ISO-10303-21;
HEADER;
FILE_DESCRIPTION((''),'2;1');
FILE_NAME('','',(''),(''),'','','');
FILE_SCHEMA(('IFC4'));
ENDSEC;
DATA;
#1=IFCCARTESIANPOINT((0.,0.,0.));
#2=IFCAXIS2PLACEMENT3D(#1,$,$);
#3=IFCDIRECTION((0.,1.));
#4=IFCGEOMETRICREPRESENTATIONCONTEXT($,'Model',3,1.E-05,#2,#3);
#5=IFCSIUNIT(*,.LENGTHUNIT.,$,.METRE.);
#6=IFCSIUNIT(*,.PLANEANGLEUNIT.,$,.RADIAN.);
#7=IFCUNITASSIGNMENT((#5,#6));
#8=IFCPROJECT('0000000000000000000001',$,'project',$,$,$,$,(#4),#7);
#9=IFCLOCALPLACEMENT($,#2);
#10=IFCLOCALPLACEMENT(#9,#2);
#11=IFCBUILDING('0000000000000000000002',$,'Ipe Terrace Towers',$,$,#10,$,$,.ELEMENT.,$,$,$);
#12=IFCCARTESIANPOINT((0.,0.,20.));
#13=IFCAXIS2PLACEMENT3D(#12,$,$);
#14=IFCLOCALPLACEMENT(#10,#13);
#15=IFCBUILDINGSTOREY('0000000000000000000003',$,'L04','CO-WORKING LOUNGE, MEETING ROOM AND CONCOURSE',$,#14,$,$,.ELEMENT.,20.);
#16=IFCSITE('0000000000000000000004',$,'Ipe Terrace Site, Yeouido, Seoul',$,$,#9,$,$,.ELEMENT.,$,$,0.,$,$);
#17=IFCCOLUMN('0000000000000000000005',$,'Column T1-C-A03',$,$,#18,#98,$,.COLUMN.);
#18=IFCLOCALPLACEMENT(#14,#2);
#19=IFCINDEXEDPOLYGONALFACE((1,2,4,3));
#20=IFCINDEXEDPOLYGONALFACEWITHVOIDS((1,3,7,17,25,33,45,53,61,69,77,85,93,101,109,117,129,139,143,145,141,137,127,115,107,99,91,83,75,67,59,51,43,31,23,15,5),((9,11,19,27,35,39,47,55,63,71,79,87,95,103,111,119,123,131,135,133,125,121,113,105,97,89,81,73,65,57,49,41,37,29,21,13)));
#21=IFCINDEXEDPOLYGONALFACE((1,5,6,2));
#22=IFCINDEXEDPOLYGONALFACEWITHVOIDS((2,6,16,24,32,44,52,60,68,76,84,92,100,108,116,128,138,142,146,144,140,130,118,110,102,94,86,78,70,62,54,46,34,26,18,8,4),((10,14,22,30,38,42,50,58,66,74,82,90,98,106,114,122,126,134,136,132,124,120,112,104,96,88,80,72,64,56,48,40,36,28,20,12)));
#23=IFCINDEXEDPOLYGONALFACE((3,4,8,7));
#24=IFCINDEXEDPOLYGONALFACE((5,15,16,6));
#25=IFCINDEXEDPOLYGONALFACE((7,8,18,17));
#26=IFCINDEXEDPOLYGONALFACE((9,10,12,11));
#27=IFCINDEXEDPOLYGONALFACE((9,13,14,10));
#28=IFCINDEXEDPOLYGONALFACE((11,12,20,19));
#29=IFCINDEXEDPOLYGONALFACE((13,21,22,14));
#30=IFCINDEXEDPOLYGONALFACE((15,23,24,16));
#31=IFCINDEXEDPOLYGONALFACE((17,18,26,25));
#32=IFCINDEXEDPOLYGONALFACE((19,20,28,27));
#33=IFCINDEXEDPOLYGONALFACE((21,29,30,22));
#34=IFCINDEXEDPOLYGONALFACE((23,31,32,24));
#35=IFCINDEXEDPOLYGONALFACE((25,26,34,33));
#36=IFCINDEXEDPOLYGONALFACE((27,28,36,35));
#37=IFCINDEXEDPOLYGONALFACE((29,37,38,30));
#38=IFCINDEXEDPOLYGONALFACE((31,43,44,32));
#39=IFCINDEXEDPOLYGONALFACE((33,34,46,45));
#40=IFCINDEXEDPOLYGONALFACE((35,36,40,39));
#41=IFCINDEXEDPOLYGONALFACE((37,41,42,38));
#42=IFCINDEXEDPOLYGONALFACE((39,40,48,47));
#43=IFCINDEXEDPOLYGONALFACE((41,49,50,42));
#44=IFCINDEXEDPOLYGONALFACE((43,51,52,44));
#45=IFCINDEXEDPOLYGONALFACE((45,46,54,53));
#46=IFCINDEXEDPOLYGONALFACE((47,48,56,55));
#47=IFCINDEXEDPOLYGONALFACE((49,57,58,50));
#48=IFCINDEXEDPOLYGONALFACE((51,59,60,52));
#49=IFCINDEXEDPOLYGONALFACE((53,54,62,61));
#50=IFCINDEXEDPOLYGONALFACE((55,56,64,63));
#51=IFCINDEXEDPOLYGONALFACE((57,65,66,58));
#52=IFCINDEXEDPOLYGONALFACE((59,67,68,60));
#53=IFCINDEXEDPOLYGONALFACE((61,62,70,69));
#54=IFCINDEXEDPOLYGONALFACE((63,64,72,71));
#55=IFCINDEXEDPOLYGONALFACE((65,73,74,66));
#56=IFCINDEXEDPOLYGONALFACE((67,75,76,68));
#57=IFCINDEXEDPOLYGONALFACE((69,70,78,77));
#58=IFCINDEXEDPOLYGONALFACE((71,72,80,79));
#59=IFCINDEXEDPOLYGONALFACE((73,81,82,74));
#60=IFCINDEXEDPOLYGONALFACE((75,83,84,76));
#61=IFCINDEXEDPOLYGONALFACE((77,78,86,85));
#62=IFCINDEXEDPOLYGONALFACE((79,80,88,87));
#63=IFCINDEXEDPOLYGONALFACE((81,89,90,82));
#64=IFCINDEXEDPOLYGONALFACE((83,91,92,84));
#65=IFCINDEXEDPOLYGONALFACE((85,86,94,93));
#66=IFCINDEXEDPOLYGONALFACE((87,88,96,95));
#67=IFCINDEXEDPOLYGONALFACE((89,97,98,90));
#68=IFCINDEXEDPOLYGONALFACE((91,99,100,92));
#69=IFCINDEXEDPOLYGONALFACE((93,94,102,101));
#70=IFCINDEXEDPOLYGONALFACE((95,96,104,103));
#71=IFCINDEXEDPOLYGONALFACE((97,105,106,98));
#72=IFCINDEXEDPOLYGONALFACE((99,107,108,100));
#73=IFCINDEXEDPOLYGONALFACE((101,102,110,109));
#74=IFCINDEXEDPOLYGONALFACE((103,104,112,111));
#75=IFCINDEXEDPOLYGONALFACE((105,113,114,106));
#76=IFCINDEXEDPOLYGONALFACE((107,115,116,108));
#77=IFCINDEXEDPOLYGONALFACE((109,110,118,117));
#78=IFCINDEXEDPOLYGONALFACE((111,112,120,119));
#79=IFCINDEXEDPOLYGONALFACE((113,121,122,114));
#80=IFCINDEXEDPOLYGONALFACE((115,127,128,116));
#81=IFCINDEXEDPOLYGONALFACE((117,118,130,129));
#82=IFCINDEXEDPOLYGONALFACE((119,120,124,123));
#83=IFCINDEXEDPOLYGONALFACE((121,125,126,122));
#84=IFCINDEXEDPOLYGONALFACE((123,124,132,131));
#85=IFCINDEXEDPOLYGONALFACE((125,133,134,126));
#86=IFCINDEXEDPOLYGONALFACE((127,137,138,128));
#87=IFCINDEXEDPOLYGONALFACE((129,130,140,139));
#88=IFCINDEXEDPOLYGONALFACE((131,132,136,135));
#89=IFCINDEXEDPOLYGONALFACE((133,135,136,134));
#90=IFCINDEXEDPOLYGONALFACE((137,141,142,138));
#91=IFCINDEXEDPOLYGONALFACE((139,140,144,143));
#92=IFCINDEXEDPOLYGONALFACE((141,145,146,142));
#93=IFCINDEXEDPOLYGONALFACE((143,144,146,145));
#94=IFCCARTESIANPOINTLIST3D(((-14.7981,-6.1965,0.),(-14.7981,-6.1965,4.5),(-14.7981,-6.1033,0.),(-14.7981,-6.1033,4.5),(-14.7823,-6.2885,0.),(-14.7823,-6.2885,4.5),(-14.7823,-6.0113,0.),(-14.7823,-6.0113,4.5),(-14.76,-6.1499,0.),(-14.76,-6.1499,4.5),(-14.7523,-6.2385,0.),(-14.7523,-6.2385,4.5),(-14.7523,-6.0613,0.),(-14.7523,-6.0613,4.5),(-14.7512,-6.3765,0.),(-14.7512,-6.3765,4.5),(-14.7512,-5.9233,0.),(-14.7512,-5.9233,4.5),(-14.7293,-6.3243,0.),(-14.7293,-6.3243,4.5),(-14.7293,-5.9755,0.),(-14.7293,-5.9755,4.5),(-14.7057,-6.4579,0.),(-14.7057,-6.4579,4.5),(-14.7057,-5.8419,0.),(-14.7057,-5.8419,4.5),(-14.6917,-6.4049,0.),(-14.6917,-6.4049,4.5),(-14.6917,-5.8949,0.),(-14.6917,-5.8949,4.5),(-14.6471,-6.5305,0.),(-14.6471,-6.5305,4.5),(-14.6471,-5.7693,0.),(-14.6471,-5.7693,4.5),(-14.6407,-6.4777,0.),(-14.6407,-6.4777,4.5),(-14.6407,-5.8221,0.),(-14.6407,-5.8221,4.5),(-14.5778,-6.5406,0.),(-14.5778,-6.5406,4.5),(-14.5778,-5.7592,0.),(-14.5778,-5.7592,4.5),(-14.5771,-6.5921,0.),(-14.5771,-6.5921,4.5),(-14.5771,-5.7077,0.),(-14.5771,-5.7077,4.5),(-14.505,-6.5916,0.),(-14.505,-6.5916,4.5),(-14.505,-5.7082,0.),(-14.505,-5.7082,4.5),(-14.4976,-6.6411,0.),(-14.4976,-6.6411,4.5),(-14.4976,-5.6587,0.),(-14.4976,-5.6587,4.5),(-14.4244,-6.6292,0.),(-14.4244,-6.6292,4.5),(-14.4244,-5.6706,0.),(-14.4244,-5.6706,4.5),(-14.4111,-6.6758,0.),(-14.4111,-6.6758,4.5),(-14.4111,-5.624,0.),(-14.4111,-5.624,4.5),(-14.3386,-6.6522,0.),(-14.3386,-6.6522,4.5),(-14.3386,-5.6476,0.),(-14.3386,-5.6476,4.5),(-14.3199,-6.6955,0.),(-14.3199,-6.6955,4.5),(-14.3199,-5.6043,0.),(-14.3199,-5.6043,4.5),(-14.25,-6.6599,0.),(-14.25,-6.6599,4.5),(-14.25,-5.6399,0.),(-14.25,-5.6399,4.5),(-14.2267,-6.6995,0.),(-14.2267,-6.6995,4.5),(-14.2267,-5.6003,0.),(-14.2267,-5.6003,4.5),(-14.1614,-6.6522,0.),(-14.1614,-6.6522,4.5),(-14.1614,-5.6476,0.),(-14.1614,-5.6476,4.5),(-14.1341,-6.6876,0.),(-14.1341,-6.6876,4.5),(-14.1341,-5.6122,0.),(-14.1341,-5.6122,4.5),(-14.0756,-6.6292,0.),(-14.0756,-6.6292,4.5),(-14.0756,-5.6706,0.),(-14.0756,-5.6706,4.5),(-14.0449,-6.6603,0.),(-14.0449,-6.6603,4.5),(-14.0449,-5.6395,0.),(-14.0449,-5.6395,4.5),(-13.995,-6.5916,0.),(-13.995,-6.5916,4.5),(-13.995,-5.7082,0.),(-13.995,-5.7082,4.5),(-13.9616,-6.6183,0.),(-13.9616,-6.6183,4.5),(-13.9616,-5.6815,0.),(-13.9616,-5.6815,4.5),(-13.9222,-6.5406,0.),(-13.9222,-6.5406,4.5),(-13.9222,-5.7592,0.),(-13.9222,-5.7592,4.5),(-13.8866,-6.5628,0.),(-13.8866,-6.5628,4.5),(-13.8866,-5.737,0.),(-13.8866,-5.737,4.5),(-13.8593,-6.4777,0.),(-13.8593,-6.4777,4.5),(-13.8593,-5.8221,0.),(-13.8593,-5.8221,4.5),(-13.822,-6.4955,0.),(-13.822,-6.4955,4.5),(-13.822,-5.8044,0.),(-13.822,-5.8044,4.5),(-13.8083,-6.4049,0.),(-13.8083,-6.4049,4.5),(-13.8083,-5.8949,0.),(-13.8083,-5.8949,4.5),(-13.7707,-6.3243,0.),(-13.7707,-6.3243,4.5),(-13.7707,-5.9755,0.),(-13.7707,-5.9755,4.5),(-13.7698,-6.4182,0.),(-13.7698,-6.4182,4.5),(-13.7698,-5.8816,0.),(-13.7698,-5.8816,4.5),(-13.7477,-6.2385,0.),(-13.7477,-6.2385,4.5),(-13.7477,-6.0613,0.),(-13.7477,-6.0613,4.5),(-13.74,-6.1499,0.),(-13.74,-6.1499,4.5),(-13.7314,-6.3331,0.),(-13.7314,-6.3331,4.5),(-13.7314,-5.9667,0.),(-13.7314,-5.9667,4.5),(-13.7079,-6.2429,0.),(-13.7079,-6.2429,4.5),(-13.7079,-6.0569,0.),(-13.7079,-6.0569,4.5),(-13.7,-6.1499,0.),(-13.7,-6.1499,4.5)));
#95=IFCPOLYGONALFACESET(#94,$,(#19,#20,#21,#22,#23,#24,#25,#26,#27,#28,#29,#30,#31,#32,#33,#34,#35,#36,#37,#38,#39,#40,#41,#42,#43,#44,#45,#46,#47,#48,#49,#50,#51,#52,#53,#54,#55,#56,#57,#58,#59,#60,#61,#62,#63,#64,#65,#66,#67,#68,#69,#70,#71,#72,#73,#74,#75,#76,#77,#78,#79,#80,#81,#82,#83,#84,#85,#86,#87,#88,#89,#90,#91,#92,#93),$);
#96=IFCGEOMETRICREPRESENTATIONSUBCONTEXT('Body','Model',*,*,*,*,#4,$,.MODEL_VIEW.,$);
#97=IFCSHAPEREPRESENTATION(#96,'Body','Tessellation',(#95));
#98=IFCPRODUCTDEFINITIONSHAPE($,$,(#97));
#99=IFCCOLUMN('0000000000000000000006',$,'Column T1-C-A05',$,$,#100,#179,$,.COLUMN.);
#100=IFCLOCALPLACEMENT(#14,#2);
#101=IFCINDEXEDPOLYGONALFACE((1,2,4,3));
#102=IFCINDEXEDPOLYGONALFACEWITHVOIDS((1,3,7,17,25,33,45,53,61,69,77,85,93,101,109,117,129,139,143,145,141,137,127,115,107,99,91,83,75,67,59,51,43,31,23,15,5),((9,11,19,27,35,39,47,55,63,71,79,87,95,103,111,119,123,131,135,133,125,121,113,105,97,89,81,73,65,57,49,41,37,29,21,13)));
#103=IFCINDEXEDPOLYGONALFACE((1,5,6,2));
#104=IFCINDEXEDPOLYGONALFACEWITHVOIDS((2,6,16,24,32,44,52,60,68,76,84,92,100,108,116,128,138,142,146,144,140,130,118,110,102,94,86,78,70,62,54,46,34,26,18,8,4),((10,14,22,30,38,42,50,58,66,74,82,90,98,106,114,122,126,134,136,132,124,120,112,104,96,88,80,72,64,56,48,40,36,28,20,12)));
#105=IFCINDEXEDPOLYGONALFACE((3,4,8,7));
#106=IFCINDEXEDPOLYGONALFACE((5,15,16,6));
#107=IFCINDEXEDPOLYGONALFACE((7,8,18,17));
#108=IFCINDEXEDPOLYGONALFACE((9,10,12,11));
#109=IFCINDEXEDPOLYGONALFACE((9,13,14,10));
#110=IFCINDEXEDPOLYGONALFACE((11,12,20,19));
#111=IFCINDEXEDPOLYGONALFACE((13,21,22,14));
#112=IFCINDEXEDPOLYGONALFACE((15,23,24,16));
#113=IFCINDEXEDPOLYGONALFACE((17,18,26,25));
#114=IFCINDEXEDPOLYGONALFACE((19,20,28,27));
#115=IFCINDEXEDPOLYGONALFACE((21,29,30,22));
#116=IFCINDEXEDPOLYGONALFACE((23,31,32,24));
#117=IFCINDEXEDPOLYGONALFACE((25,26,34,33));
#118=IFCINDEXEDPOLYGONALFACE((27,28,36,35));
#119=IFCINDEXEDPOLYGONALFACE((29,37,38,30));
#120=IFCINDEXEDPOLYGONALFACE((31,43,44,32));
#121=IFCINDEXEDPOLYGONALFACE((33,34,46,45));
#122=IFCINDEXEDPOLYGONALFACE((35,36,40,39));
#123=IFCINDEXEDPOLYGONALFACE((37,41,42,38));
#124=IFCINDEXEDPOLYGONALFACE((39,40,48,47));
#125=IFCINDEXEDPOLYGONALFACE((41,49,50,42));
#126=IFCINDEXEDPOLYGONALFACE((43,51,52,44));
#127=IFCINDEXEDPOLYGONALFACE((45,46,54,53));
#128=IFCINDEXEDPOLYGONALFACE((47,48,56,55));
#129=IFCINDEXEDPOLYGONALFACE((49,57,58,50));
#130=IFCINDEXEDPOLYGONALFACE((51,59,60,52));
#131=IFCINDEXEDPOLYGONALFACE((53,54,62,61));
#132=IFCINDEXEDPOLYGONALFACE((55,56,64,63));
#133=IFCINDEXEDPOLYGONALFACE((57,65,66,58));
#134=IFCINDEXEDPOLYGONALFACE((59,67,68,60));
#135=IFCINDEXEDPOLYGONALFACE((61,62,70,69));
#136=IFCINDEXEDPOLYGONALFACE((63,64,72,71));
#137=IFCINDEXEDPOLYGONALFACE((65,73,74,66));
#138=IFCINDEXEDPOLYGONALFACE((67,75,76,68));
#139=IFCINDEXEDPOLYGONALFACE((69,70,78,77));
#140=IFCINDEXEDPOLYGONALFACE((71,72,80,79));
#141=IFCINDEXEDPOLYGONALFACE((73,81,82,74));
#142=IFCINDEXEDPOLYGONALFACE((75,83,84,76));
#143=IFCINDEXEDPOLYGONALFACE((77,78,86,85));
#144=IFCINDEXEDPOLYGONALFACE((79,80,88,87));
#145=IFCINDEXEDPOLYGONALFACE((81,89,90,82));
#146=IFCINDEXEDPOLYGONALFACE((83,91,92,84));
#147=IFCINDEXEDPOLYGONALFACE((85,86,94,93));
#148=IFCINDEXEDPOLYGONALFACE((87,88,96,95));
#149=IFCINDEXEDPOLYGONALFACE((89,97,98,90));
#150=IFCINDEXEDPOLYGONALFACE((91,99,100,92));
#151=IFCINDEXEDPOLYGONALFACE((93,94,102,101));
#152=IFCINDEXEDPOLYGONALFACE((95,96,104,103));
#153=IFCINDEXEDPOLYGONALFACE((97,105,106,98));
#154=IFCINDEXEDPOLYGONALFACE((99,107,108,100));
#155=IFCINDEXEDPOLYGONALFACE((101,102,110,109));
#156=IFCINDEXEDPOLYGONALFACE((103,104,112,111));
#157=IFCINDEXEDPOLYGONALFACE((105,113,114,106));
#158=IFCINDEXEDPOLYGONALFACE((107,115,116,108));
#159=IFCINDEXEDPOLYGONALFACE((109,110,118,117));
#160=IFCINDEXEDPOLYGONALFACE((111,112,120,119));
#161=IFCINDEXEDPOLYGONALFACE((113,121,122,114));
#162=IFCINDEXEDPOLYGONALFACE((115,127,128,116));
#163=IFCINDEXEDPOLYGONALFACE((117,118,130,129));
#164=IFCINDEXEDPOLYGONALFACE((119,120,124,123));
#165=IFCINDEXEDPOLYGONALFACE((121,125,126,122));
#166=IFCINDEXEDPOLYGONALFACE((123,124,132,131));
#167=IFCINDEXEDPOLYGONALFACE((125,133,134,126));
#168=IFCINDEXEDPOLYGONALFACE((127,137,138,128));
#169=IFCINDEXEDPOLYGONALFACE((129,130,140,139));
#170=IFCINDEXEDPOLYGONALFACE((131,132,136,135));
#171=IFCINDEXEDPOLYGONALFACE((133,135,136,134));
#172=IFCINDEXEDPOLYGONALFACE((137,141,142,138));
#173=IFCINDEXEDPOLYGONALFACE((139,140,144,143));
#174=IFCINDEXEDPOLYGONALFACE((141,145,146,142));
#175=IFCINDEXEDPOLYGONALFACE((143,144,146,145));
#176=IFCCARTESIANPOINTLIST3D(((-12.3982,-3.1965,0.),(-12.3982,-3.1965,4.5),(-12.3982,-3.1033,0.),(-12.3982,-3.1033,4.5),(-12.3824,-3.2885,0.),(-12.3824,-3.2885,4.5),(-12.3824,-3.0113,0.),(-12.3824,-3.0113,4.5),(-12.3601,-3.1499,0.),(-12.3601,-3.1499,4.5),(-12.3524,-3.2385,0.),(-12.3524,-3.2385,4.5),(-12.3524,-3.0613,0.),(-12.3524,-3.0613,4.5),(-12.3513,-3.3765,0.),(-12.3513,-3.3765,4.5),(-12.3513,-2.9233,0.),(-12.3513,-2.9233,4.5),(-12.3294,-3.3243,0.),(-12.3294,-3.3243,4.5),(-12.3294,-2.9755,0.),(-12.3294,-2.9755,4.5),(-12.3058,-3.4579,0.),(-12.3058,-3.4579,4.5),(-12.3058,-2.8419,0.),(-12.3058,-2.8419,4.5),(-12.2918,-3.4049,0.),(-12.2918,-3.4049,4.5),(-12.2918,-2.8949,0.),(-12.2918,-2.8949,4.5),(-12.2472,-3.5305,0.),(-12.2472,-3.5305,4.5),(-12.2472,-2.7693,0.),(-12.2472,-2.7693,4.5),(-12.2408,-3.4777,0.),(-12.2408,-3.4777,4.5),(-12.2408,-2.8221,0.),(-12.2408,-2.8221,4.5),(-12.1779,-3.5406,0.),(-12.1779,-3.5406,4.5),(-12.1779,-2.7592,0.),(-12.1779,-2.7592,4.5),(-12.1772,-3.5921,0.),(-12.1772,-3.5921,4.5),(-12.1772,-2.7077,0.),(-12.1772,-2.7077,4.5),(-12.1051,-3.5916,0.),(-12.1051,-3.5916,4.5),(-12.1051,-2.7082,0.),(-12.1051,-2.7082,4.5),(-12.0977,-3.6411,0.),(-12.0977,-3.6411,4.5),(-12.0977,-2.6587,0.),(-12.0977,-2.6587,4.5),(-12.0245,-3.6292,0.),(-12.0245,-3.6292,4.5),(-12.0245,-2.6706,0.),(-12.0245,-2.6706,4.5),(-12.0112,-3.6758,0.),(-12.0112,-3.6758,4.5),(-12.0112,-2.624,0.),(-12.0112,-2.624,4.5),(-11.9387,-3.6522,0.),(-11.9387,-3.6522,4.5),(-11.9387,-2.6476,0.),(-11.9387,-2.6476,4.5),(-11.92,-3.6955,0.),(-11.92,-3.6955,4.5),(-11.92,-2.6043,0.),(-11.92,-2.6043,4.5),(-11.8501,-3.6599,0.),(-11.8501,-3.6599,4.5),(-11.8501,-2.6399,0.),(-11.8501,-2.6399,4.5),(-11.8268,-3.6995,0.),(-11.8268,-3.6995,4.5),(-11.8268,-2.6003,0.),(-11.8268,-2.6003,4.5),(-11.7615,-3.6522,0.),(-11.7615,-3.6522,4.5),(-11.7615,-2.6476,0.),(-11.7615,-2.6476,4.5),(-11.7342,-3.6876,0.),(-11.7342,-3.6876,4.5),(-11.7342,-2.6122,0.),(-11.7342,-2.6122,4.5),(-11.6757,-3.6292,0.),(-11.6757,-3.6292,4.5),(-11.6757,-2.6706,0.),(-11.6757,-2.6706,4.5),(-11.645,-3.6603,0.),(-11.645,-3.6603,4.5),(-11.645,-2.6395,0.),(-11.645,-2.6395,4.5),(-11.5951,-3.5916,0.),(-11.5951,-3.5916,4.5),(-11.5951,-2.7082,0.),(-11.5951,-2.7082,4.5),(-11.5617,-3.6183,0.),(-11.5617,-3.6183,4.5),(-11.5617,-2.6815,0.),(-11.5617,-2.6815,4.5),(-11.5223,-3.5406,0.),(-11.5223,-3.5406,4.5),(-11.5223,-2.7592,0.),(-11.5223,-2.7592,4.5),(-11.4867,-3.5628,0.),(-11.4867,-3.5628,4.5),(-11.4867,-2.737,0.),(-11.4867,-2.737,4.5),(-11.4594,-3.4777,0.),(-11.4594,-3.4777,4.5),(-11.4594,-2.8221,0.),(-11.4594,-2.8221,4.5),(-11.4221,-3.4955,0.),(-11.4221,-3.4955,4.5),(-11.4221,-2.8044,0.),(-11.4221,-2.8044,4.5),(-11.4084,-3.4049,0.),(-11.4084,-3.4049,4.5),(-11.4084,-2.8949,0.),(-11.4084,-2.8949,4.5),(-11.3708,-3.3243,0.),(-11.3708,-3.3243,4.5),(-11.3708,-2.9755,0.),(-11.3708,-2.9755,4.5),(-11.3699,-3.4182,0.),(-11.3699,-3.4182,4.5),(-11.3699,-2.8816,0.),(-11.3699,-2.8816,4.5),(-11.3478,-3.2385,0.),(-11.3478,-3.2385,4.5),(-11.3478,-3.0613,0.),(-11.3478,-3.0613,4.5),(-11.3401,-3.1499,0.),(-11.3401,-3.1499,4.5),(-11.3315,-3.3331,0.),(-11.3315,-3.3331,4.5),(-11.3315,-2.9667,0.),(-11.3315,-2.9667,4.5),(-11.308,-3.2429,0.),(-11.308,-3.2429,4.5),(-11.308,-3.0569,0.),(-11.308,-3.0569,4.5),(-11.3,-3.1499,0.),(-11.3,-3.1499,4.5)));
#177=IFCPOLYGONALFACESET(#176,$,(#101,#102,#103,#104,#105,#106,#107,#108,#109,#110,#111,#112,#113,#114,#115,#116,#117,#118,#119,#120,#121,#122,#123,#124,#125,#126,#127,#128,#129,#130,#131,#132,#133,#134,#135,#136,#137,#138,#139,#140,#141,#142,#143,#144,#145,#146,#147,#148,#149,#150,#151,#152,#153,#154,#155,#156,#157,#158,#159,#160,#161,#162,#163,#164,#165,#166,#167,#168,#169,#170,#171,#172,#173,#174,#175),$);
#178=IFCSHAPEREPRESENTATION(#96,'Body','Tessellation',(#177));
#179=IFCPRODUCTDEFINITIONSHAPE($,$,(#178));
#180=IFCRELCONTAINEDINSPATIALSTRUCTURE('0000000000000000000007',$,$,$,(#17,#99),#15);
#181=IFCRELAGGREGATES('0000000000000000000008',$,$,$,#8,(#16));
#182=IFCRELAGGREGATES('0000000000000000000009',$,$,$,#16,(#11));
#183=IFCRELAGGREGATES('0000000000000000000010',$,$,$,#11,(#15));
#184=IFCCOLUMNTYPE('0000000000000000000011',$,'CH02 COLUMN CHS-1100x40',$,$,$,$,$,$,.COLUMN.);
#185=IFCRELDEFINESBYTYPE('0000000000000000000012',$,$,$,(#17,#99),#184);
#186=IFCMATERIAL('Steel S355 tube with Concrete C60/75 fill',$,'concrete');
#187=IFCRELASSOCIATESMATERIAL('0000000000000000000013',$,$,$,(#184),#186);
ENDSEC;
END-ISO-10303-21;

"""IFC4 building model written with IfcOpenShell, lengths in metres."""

from ifc_helpers import new_model, si_unit, direction, frame, origin, origin_2d, place, context, subcontext, project, spatial, hollow_circle, extrude, material, material_profile, profile_set, type_object, element, save


model = new_model("IFC4")

# Units and contexts
model_context = context("Model", 3, precision=1e-05, world=origin(), true_north=direction((0.0, 1.0)))
body_context = subcontext(model_context, "Body", "Model", "MODEL_VIEW")
ifc_project = project(units=[si_unit("LENGTHUNIT", "METRE"), si_unit("PLANEANGLEUNIT", "RADIAN")], contexts=[model_context])

# Site, building, storey
site_placement = place(None, origin())
site = spatial("IfcSite", under=ifc_project, at=site_placement, Name="Ipe Terrace Site, Yeouido, Seoul", CompositionType="ELEMENT", RefElevation=0.0)
building_placement = place(site_placement, origin())
building = spatial("IfcBuilding", under=site, at=building_placement, Name="Ipe Terrace Towers", CompositionType="ELEMENT")
storey_placement = place(building_placement, frame((0.0, 0.0, 20.0)))
storey = spatial("IfcBuildingStorey", under=building, at=storey_placement, Name="L04", Description="CO-WORKING LOUNGE, MEETING ROOM AND CONCOURSE", CompositionType="ELEMENT", Elevation=20.0)

# Columns
ifc_material_1 = material(Name="Steel S355 tube with Concrete C60/75 fill", Category="concrete")
ifc_material_profile_1 = material_profile(ifc_material_1, hollow_circle(Radius=0.55, WallThickness=0.04, at=origin_2d()), Name="CHS-1100x40")
ifc_profile_set_1 = profile_set([ifc_material_profile_1], Name="Steel S355 tube with Concrete C60/75 fill")
column_type_1 = type_object("IfcColumnType", Name="CH02 COLUMN CHS-1100x40", PredefinedType="COLUMN", material=ifc_profile_set_1)
for number, where, z_axis, x_axis, name in (
    (1, (-14.25, -6.1499, 0.0), (0.0, 0.0, 1.0), (1.0, 0.0, 0.0), "Column T1-C-A03"),
    (2, (-11.8501, -3.1499, 0.0), (0.0, 0.0, 1.0), (1.0, 0.0, 0.0), "Column T1-C-A05"),
):
    element("IfcColumn", number, at=place(storey_placement, frame(where, z_axis=z_axis, x_axis=x_axis)), inside=storey, type_object=column_type_1, Name=name, PredefinedType="COLUMN", context=body_context, shape_type="SweptSolid", body=[
        extrude(hollow_circle(Radius=0.55, WallThickness=0.04, at=origin_2d()), origin(), (0.0, 0.0, 1.0), 4.5),
    ])

save(model, "model.ifc")
